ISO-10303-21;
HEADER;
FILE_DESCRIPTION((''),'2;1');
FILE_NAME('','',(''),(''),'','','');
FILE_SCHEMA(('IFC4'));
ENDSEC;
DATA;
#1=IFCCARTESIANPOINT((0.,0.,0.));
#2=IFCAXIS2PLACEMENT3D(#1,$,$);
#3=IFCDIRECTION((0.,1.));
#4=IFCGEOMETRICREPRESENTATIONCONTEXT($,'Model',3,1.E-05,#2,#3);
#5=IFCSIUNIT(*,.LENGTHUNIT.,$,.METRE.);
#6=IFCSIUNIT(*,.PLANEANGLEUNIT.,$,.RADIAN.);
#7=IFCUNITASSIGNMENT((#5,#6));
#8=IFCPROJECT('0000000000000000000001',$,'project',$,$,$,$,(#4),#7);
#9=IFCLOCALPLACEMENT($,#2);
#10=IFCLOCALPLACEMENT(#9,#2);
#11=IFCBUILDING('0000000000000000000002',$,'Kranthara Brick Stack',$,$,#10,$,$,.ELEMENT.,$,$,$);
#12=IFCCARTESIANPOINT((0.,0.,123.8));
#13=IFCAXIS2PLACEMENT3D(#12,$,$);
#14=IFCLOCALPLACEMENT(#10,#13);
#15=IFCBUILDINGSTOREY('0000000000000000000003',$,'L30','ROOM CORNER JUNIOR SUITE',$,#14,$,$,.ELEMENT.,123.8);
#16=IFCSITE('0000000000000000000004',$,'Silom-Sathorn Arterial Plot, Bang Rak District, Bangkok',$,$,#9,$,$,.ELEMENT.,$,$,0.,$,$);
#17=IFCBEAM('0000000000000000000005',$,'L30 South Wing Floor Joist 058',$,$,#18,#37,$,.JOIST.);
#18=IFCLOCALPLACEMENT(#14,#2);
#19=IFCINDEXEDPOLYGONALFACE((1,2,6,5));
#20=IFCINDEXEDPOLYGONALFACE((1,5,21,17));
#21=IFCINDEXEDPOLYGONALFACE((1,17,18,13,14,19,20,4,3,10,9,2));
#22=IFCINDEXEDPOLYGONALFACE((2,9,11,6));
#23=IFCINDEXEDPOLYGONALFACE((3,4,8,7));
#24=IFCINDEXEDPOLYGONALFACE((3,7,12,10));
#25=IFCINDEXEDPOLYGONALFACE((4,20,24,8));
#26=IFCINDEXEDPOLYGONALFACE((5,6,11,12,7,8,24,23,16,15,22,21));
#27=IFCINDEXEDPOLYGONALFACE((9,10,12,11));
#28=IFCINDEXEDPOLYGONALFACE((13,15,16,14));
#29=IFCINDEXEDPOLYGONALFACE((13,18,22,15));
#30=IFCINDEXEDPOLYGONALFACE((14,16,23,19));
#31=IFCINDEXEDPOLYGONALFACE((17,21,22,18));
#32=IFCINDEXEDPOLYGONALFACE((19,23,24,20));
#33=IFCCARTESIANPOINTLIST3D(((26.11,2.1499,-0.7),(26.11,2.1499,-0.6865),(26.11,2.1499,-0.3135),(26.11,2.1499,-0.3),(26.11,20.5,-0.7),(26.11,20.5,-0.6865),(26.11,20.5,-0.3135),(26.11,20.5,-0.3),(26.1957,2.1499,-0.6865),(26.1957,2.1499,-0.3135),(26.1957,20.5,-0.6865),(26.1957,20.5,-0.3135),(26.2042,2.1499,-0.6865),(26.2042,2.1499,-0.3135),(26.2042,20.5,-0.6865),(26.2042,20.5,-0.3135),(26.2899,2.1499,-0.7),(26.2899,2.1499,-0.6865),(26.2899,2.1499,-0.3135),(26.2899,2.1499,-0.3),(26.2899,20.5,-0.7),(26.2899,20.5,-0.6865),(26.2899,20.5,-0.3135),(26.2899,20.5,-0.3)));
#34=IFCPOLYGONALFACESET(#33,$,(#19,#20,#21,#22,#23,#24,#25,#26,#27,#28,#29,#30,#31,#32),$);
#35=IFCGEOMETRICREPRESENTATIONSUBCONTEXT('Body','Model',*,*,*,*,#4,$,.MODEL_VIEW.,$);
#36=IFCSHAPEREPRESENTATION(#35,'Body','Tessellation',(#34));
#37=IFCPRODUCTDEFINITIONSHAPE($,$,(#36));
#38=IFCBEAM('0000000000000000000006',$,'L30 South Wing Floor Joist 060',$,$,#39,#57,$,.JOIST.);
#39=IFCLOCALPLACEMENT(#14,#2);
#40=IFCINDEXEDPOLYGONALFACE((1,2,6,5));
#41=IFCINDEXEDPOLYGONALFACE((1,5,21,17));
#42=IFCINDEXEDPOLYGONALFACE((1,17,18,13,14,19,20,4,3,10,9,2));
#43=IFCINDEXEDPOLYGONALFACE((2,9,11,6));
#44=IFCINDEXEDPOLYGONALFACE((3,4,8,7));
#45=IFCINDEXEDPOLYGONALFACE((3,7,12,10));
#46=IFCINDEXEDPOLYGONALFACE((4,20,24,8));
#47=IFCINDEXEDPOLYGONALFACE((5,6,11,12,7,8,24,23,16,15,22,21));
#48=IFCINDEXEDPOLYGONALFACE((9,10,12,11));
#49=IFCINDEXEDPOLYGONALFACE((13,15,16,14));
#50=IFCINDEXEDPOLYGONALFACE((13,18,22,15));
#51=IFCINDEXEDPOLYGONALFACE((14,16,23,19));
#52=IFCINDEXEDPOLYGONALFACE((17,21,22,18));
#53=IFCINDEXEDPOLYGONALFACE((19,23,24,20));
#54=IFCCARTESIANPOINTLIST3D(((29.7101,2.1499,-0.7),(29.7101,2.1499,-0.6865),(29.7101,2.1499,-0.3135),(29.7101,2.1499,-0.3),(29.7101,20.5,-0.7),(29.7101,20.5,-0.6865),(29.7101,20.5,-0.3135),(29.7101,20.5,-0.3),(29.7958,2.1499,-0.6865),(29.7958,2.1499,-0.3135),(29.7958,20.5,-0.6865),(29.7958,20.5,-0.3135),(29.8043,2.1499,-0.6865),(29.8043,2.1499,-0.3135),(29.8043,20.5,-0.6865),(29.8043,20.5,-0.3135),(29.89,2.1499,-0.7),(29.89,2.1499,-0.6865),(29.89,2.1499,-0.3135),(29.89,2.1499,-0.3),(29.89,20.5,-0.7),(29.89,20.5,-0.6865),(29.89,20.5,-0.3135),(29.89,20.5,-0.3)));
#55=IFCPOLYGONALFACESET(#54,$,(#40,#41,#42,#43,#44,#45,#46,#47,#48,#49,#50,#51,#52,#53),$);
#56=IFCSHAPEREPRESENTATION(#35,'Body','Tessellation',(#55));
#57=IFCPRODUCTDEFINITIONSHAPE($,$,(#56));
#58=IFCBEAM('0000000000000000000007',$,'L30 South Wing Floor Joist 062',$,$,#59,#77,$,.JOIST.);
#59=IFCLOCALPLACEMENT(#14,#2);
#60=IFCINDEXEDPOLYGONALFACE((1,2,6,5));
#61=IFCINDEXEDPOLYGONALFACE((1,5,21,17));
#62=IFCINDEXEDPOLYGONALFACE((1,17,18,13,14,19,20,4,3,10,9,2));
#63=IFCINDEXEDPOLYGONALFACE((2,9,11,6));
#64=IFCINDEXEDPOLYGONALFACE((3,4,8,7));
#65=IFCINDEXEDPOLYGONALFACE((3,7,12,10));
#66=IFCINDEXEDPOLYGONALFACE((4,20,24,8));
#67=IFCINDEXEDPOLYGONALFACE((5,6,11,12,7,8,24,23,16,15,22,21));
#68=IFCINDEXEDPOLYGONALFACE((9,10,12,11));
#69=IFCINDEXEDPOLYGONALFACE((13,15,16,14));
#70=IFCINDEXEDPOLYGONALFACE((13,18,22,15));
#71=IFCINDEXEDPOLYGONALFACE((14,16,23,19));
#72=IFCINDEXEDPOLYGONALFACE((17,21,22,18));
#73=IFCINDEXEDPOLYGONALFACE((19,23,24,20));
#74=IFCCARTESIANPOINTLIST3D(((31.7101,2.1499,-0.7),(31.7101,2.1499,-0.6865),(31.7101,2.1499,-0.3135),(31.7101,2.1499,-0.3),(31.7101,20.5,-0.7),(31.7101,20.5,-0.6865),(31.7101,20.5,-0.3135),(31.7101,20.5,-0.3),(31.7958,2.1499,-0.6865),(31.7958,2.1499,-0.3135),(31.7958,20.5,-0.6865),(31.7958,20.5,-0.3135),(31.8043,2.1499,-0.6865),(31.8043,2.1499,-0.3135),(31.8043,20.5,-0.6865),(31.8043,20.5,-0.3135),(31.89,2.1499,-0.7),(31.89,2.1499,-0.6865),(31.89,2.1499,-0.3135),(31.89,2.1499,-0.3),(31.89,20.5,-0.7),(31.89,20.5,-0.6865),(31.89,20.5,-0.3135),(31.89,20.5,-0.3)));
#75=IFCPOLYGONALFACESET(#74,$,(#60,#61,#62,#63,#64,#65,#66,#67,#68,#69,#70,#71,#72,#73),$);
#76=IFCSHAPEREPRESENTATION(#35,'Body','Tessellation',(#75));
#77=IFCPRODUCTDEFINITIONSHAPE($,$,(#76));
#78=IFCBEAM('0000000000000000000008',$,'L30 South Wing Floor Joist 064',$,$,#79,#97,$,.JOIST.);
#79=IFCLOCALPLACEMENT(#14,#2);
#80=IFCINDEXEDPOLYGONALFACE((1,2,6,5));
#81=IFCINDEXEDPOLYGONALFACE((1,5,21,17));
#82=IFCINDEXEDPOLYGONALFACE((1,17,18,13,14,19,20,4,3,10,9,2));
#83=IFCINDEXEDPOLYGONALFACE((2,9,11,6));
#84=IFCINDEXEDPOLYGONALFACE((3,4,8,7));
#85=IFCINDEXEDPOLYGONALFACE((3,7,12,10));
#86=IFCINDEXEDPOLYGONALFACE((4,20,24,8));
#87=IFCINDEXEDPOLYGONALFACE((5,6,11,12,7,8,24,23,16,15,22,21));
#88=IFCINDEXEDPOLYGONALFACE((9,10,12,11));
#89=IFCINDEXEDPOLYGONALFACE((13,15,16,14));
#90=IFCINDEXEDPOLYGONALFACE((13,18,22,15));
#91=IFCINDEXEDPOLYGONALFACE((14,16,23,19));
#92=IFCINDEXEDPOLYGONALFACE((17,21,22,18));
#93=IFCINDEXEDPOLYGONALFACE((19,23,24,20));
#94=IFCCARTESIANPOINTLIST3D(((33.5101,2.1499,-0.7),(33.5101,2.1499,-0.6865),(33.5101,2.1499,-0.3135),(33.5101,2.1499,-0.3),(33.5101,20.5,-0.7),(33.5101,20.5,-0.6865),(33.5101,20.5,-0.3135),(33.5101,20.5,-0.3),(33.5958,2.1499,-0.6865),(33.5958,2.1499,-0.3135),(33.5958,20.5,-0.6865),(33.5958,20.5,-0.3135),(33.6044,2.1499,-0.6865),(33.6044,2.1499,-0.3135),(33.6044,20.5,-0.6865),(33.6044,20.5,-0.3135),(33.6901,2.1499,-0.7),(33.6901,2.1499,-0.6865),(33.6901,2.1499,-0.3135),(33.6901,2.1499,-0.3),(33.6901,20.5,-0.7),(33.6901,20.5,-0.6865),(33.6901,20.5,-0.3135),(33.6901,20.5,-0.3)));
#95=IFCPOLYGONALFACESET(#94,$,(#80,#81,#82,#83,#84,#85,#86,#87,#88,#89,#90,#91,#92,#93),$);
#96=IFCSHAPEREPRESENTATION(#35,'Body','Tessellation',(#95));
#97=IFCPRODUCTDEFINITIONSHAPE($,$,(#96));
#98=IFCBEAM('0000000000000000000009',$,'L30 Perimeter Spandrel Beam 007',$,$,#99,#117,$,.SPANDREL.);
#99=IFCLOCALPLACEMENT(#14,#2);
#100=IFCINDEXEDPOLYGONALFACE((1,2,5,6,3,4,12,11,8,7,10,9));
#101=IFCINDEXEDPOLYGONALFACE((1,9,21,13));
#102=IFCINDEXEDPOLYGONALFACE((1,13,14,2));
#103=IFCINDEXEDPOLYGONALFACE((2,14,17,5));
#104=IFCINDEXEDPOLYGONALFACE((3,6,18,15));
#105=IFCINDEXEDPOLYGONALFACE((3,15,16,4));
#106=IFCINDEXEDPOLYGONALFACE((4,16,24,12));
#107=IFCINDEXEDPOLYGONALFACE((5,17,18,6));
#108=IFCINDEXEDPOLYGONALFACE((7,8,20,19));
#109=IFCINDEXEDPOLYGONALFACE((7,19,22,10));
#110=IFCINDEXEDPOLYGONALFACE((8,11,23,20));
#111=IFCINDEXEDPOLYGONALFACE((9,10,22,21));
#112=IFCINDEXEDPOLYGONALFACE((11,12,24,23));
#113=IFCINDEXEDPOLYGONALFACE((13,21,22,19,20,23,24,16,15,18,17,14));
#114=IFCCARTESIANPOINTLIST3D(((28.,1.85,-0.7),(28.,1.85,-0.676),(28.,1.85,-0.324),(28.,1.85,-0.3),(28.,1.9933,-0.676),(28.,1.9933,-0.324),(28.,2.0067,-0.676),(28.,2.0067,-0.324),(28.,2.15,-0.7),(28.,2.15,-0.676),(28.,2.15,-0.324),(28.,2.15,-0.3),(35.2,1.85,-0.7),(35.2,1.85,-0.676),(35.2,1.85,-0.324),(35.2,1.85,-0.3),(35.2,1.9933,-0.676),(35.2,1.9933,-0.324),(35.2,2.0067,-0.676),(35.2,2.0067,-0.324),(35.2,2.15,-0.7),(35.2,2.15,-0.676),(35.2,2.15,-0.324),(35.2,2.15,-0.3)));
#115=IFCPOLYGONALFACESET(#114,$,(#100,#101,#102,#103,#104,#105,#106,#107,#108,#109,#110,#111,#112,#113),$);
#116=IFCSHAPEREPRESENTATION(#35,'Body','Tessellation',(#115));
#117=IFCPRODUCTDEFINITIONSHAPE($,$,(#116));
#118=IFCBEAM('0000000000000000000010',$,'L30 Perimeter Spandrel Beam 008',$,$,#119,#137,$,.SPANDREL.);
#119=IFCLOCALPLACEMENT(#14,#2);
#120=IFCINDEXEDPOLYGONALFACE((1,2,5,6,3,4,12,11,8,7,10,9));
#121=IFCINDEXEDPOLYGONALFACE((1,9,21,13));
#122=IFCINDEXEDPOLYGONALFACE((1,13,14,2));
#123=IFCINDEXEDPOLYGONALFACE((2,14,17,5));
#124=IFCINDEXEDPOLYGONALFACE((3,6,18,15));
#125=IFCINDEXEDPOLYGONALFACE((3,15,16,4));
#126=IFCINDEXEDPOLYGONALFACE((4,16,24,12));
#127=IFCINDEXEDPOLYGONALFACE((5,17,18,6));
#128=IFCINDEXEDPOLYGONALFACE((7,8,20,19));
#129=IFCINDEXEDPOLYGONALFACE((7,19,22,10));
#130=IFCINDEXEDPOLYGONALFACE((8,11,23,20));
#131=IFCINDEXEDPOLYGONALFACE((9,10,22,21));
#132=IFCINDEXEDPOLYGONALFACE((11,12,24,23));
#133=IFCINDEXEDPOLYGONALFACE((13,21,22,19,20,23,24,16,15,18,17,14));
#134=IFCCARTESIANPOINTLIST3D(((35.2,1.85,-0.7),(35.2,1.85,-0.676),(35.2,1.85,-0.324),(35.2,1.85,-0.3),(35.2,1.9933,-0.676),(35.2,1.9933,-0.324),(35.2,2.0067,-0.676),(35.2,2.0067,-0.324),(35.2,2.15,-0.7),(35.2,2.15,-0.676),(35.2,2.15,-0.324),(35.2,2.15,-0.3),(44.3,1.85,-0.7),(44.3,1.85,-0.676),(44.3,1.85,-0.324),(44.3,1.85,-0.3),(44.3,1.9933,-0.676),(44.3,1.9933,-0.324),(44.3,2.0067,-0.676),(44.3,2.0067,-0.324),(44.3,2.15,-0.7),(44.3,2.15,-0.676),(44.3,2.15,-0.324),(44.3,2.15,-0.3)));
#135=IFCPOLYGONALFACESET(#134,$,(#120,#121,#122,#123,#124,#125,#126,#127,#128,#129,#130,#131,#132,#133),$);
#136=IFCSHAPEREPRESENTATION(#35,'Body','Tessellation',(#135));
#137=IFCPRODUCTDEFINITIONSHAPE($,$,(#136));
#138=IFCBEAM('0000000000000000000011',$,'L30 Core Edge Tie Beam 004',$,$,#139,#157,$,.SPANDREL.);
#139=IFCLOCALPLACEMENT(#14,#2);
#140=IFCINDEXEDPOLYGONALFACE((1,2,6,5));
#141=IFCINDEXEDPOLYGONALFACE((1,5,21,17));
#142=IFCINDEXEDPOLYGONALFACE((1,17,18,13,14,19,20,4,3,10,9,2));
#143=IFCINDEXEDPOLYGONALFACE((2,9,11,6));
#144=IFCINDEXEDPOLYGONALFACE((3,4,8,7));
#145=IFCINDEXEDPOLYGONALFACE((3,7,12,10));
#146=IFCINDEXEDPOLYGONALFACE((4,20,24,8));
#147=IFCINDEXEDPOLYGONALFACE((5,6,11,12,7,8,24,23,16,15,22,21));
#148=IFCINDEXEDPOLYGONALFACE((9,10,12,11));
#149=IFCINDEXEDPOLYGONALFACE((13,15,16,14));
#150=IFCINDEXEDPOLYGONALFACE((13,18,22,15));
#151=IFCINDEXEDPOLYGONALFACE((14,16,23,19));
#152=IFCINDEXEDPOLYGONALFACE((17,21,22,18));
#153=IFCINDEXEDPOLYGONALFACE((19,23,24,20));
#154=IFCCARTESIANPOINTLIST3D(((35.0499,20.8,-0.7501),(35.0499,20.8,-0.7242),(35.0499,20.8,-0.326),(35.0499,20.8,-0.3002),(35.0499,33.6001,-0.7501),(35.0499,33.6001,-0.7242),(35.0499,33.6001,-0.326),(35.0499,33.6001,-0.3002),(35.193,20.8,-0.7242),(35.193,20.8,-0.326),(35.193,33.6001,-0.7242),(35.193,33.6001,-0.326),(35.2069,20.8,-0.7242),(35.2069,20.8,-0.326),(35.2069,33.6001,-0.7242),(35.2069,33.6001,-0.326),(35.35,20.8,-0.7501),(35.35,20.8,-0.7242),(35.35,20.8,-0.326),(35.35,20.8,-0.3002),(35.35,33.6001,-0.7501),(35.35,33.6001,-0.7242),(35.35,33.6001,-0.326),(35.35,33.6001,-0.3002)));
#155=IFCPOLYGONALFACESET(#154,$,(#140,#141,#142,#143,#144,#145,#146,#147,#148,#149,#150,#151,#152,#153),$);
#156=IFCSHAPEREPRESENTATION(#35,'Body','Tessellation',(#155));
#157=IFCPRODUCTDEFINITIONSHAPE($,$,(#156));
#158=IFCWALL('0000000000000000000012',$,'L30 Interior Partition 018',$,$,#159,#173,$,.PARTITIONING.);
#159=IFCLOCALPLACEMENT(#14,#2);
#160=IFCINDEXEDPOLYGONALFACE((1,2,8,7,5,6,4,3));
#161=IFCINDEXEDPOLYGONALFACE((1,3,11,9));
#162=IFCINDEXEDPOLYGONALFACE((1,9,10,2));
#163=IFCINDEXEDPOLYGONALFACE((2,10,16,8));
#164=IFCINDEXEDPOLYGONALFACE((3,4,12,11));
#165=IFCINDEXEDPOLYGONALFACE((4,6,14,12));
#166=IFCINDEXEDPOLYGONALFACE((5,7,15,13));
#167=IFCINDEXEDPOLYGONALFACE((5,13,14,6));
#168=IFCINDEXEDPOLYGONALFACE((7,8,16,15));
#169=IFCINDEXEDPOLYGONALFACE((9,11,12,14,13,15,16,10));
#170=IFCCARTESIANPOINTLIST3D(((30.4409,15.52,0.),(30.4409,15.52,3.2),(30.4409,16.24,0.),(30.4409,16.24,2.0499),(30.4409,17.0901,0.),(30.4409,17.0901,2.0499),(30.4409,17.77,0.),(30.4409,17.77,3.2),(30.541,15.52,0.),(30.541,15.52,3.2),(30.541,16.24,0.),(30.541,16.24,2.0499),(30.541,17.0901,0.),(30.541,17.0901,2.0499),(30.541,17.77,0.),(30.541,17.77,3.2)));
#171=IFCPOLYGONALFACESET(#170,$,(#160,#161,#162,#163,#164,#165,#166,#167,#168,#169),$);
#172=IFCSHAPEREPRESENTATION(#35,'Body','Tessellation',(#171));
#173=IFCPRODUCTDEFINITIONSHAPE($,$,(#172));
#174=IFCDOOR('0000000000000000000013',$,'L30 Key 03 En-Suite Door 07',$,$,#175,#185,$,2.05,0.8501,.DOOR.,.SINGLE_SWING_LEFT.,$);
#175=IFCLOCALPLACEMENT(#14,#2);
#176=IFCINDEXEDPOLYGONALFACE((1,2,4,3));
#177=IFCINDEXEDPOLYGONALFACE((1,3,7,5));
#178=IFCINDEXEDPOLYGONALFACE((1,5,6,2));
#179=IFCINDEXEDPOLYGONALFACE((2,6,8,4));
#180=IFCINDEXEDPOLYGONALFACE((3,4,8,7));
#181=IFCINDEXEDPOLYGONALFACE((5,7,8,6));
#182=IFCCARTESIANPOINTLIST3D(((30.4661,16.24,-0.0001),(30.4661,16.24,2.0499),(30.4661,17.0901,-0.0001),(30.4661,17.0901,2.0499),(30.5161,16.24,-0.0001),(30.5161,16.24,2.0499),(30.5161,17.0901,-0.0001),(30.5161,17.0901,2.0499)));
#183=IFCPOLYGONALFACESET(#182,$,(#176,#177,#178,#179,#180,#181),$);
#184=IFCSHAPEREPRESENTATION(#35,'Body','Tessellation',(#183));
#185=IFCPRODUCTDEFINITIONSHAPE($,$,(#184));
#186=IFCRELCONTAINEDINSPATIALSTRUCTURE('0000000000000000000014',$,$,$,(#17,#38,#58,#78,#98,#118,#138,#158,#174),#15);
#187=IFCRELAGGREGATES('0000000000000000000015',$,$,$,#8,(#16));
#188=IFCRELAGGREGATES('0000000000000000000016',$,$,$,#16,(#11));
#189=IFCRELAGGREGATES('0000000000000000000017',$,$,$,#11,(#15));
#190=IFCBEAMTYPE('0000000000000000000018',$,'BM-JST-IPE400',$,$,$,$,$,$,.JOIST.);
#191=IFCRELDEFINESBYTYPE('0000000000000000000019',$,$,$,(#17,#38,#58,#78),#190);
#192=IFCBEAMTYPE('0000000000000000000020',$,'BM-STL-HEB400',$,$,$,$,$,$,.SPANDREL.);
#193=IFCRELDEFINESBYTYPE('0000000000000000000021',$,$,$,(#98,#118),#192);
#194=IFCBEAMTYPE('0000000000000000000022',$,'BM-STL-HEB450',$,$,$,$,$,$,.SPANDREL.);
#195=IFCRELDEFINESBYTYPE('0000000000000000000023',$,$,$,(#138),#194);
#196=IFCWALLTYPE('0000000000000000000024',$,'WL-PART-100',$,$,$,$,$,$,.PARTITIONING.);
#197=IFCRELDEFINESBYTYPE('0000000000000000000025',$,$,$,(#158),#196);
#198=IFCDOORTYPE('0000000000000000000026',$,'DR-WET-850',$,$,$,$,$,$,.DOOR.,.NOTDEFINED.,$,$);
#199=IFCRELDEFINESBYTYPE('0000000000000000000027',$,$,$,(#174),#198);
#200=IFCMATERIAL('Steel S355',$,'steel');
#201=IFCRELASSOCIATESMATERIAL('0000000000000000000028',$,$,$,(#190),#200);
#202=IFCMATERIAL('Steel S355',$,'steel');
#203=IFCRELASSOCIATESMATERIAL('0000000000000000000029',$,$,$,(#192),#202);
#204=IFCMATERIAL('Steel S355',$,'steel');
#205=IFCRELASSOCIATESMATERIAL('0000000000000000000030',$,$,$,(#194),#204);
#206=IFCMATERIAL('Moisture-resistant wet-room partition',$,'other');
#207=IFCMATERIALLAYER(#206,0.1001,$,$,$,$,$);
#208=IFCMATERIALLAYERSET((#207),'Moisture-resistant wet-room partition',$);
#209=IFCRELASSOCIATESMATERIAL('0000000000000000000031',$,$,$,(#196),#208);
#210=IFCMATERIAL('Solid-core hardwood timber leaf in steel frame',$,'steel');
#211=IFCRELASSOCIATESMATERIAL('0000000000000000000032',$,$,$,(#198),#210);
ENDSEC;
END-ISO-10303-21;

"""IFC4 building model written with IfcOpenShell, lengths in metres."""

from ifc_helpers import new_model, si_unit, direction, frame, frame_2d, origin, origin_2d, place, context, subcontext, project, spatial, rectangle, i_section, extrude, material, layer, layer_set, material_profile, profile_set, type_object, element, fill, save


model = new_model("IFC4")

# Units and contexts
model_context = context("Model", 3, precision=1e-05, world=origin(), true_north=direction((0.0, 1.0)))
body_context = subcontext(model_context, "Body", "Model", "MODEL_VIEW")
ifc_project = project(units=[si_unit("LENGTHUNIT", "METRE"), si_unit("PLANEANGLEUNIT", "RADIAN")], contexts=[model_context])

# Site, building, storey
site_placement = place(None, origin())
site = spatial("IfcSite", under=ifc_project, at=site_placement, Name="Silom-Sathorn Arterial Plot, Bang Rak District, Bangkok", CompositionType="ELEMENT", RefElevation=0.0)
building_placement = place(site_placement, origin())
building = spatial("IfcBuilding", under=site, at=building_placement, Name="Kranthara Brick Stack", CompositionType="ELEMENT")
storey_placement = place(building_placement, frame((0.0, 0.0, 123.8)))
storey = spatial("IfcBuildingStorey", under=building, at=storey_placement, Name="L30", Description="ROOM CORNER JUNIOR SUITE", CompositionType="ELEMENT", Elevation=123.8)

# Beams
ifc_material_1 = material(Name="Steel S355", Category="steel")
ifc_material_profile_1 = material_profile(ifc_material_1, i_section(OverallWidth=0.1799, OverallDepth=0.3999, WebThickness=0.0085, FlangeThickness=0.0134, at=origin_2d()), Name="IPE 400")
ifc_profile_set_1 = profile_set([ifc_material_profile_1], Name="Steel S355")
beam_type_1 = type_object("IfcBeamType", Name="BM-JST-IPE400", PredefinedType="JOIST", material=ifc_profile_set_1)
for number, where, z_axis, x_axis, name in (
    (1, (26.2, 2.1499, -0.5), (0.0, 1.0, 0.0), (-1.0, 0.0, 0.0), "L30 South Wing Floor Joist 058"),
    (2, (29.8, 2.1499, -0.5), (0.0, 1.0, 0.0), (-1.0, 0.0, 0.0), "L30 South Wing Floor Joist 060"),
    (3, (31.8, 2.1499, -0.5), (0.0, 1.0, 0.0), (-1.0, 0.0, 0.0), "L30 South Wing Floor Joist 062"),
    (4, (33.6001, 2.1499, -0.5), (0.0, 1.0, 0.0), (-1.0, 0.0, 0.0), "L30 South Wing Floor Joist 064"),
):
    element("IfcBeam", number, at=place(storey_placement, frame(where, z_axis=z_axis, x_axis=x_axis)), inside=storey, type_object=beam_type_1, Name=name, PredefinedType="JOIST", context=body_context, shape_type="SweptSolid", body=[
        extrude(i_section(OverallWidth=0.1799, OverallDepth=0.3999, WebThickness=0.0085, FlangeThickness=0.0134, at=origin_2d()), origin(), (0.0, 0.0, 1.0), 18.3501),
    ])
ifc_material_2 = material(Name="Steel S355", Category="steel")
ifc_material_profile_2 = material_profile(ifc_material_2, i_section(OverallWidth=0.3, OverallDepth=0.3999, WebThickness=0.0134, FlangeThickness=0.0239, at=origin_2d()), Name="HEB 400")
ifc_profile_set_2 = profile_set([ifc_material_profile_2], Name="Steel S355")
beam_type_2 = type_object("IfcBeamType", Name="BM-STL-HEB400", PredefinedType="SPANDREL", material=ifc_profile_set_2)
beam_1_placement = place(storey_placement, frame((28.0, 2.0, -0.5), z_axis=(1.0, 0.0, 0.0), x_axis=(0.0, 1.0, 0.0)))
element("IfcBeam", 5, at=beam_1_placement, inside=storey, type_object=beam_type_2, Name="L30 Perimeter Spandrel Beam 007", PredefinedType="SPANDREL", context=body_context, shape_type="SweptSolid", body=[
    extrude(i_section(OverallWidth=0.3, OverallDepth=0.3999, WebThickness=0.0134, FlangeThickness=0.0239, at=origin_2d()), origin(), (0.0, 0.0, 1.0), 7.2),
])
beam_2_placement = place(storey_placement, frame((35.2, 2.0, -0.5), z_axis=(1.0, 0.0, 0.0), x_axis=(0.0, 1.0, 0.0)))
element("IfcBeam", 6, at=beam_2_placement, inside=storey, type_object=beam_type_2, Name="L30 Perimeter Spandrel Beam 008", PredefinedType="SPANDREL", context=body_context, shape_type="SweptSolid", body=[
    extrude(i_section(OverallWidth=0.3, OverallDepth=0.3999, WebThickness=0.0134, FlangeThickness=0.0239, at=origin_2d()), origin(), (0.0, 0.0, 1.0), 9.1001),
])
ifc_material_3 = material(Name="Steel S355", Category="steel")
ifc_material_profile_3 = material_profile(ifc_material_3, i_section(OverallWidth=0.3, OverallDepth=0.45, WebThickness=0.0139, FlangeThickness=0.0259, at=origin_2d()), Name="HEB 450")
ifc_profile_set_3 = profile_set([ifc_material_profile_3], Name="Steel S355")
beam_type_3 = type_object("IfcBeamType", Name="BM-STL-HEB450", PredefinedType="SPANDREL", material=ifc_profile_set_3)
beam_3_placement = place(storey_placement, frame((35.2, 20.8, -0.5251), z_axis=(0.0, 1.0, 0.0), x_axis=(-1.0, 0.0, 0.0)))
element("IfcBeam", 7, at=beam_3_placement, inside=storey, type_object=beam_type_3, Name="L30 Core Edge Tie Beam 004", PredefinedType="SPANDREL", context=body_context, shape_type="SweptSolid", body=[
    extrude(i_section(OverallWidth=0.3, OverallDepth=0.45, WebThickness=0.0139, FlangeThickness=0.0259, at=origin_2d()), origin(), (0.0, 0.0, 1.0), 12.8),
])

# Wall, opening, door
ifc_material_4 = material(Name="Moisture-resistant wet-room partition", Category="other")
ifc_layer_1 = layer(ifc_material_4, 0.1001)
ifc_layer_set_1 = layer_set([ifc_layer_1], Name="Moisture-resistant wet-room partition")
wall_type_1 = type_object("IfcWallType", Name="WL-PART-100", PredefinedType="PARTITIONING", material=ifc_layer_set_1)
wall_1_placement = place(storey_placement, frame((30.491, 15.52, 0.0), z_axis=(0.0, 0.0, 1.0), x_axis=(0.0, 1.0, 0.0)))
wall_1 = element("IfcWall", 8, at=wall_1_placement, inside=storey, type_object=wall_type_1, Name="L30 Interior Partition 018", PredefinedType="PARTITIONING", context=body_context, shape_type="SweptSolid", body=[
    extrude(rectangle(XDim=2.25, YDim=0.1001, at=frame_2d((1.125, 0.0))), origin(), (0.0, 0.0, 1.0), 3.2),
])
opening_1_placement = place(wall_1_placement, frame((0.72, 0.0, 0.0)))
opening_1 = element("IfcOpeningElement", 9, at=opening_1_placement, cuts=wall_1, PredefinedType="OPENING", context=body_context, shape_type="SweptSolid", body=[
    extrude(rectangle(XDim=0.8501, YDim=2.05, at=frame_2d((0.425, 1.0249))), frame((0.0, 0.0601, 0.0), z_axis=(0.0, -1.0, 0.0), x_axis=(1.0, 0.0, 0.0)), (0.0, 0.0, 1.0), 0.1201),
])
ifc_material_5 = material(Name="Solid-core hardwood timber leaf in steel frame", Category="steel")
door_type_1 = type_object("IfcDoorType", Name="DR-WET-850", OperationType="NOTDEFINED", PredefinedType="DOOR", material=ifc_material_5)
door_1_placement = place(opening_1_placement, origin())
door_1 = element("IfcDoor", 10, at=door_1_placement, inside=storey, type_object=door_type_1, Name="L30 Key 03 En-Suite Door 07", OperationType="SINGLE_SWING_LEFT", OverallHeight=2.05, OverallWidth=0.8501, PredefinedType="DOOR", context=body_context, shape_type="SweptSolid", body=[
    extrude(rectangle(XDim=0.8501, YDim=2.05, at=frame_2d((0.425, 1.0249))), frame((0.0, 0.0249, 0.0), z_axis=(0.0, -1.0, 0.0), x_axis=(1.0, 0.0, 0.0)), (0.0, 0.0, 1.0), 0.05),
])
fill(opening_1, door_1)

save(model, "model.ifc")
